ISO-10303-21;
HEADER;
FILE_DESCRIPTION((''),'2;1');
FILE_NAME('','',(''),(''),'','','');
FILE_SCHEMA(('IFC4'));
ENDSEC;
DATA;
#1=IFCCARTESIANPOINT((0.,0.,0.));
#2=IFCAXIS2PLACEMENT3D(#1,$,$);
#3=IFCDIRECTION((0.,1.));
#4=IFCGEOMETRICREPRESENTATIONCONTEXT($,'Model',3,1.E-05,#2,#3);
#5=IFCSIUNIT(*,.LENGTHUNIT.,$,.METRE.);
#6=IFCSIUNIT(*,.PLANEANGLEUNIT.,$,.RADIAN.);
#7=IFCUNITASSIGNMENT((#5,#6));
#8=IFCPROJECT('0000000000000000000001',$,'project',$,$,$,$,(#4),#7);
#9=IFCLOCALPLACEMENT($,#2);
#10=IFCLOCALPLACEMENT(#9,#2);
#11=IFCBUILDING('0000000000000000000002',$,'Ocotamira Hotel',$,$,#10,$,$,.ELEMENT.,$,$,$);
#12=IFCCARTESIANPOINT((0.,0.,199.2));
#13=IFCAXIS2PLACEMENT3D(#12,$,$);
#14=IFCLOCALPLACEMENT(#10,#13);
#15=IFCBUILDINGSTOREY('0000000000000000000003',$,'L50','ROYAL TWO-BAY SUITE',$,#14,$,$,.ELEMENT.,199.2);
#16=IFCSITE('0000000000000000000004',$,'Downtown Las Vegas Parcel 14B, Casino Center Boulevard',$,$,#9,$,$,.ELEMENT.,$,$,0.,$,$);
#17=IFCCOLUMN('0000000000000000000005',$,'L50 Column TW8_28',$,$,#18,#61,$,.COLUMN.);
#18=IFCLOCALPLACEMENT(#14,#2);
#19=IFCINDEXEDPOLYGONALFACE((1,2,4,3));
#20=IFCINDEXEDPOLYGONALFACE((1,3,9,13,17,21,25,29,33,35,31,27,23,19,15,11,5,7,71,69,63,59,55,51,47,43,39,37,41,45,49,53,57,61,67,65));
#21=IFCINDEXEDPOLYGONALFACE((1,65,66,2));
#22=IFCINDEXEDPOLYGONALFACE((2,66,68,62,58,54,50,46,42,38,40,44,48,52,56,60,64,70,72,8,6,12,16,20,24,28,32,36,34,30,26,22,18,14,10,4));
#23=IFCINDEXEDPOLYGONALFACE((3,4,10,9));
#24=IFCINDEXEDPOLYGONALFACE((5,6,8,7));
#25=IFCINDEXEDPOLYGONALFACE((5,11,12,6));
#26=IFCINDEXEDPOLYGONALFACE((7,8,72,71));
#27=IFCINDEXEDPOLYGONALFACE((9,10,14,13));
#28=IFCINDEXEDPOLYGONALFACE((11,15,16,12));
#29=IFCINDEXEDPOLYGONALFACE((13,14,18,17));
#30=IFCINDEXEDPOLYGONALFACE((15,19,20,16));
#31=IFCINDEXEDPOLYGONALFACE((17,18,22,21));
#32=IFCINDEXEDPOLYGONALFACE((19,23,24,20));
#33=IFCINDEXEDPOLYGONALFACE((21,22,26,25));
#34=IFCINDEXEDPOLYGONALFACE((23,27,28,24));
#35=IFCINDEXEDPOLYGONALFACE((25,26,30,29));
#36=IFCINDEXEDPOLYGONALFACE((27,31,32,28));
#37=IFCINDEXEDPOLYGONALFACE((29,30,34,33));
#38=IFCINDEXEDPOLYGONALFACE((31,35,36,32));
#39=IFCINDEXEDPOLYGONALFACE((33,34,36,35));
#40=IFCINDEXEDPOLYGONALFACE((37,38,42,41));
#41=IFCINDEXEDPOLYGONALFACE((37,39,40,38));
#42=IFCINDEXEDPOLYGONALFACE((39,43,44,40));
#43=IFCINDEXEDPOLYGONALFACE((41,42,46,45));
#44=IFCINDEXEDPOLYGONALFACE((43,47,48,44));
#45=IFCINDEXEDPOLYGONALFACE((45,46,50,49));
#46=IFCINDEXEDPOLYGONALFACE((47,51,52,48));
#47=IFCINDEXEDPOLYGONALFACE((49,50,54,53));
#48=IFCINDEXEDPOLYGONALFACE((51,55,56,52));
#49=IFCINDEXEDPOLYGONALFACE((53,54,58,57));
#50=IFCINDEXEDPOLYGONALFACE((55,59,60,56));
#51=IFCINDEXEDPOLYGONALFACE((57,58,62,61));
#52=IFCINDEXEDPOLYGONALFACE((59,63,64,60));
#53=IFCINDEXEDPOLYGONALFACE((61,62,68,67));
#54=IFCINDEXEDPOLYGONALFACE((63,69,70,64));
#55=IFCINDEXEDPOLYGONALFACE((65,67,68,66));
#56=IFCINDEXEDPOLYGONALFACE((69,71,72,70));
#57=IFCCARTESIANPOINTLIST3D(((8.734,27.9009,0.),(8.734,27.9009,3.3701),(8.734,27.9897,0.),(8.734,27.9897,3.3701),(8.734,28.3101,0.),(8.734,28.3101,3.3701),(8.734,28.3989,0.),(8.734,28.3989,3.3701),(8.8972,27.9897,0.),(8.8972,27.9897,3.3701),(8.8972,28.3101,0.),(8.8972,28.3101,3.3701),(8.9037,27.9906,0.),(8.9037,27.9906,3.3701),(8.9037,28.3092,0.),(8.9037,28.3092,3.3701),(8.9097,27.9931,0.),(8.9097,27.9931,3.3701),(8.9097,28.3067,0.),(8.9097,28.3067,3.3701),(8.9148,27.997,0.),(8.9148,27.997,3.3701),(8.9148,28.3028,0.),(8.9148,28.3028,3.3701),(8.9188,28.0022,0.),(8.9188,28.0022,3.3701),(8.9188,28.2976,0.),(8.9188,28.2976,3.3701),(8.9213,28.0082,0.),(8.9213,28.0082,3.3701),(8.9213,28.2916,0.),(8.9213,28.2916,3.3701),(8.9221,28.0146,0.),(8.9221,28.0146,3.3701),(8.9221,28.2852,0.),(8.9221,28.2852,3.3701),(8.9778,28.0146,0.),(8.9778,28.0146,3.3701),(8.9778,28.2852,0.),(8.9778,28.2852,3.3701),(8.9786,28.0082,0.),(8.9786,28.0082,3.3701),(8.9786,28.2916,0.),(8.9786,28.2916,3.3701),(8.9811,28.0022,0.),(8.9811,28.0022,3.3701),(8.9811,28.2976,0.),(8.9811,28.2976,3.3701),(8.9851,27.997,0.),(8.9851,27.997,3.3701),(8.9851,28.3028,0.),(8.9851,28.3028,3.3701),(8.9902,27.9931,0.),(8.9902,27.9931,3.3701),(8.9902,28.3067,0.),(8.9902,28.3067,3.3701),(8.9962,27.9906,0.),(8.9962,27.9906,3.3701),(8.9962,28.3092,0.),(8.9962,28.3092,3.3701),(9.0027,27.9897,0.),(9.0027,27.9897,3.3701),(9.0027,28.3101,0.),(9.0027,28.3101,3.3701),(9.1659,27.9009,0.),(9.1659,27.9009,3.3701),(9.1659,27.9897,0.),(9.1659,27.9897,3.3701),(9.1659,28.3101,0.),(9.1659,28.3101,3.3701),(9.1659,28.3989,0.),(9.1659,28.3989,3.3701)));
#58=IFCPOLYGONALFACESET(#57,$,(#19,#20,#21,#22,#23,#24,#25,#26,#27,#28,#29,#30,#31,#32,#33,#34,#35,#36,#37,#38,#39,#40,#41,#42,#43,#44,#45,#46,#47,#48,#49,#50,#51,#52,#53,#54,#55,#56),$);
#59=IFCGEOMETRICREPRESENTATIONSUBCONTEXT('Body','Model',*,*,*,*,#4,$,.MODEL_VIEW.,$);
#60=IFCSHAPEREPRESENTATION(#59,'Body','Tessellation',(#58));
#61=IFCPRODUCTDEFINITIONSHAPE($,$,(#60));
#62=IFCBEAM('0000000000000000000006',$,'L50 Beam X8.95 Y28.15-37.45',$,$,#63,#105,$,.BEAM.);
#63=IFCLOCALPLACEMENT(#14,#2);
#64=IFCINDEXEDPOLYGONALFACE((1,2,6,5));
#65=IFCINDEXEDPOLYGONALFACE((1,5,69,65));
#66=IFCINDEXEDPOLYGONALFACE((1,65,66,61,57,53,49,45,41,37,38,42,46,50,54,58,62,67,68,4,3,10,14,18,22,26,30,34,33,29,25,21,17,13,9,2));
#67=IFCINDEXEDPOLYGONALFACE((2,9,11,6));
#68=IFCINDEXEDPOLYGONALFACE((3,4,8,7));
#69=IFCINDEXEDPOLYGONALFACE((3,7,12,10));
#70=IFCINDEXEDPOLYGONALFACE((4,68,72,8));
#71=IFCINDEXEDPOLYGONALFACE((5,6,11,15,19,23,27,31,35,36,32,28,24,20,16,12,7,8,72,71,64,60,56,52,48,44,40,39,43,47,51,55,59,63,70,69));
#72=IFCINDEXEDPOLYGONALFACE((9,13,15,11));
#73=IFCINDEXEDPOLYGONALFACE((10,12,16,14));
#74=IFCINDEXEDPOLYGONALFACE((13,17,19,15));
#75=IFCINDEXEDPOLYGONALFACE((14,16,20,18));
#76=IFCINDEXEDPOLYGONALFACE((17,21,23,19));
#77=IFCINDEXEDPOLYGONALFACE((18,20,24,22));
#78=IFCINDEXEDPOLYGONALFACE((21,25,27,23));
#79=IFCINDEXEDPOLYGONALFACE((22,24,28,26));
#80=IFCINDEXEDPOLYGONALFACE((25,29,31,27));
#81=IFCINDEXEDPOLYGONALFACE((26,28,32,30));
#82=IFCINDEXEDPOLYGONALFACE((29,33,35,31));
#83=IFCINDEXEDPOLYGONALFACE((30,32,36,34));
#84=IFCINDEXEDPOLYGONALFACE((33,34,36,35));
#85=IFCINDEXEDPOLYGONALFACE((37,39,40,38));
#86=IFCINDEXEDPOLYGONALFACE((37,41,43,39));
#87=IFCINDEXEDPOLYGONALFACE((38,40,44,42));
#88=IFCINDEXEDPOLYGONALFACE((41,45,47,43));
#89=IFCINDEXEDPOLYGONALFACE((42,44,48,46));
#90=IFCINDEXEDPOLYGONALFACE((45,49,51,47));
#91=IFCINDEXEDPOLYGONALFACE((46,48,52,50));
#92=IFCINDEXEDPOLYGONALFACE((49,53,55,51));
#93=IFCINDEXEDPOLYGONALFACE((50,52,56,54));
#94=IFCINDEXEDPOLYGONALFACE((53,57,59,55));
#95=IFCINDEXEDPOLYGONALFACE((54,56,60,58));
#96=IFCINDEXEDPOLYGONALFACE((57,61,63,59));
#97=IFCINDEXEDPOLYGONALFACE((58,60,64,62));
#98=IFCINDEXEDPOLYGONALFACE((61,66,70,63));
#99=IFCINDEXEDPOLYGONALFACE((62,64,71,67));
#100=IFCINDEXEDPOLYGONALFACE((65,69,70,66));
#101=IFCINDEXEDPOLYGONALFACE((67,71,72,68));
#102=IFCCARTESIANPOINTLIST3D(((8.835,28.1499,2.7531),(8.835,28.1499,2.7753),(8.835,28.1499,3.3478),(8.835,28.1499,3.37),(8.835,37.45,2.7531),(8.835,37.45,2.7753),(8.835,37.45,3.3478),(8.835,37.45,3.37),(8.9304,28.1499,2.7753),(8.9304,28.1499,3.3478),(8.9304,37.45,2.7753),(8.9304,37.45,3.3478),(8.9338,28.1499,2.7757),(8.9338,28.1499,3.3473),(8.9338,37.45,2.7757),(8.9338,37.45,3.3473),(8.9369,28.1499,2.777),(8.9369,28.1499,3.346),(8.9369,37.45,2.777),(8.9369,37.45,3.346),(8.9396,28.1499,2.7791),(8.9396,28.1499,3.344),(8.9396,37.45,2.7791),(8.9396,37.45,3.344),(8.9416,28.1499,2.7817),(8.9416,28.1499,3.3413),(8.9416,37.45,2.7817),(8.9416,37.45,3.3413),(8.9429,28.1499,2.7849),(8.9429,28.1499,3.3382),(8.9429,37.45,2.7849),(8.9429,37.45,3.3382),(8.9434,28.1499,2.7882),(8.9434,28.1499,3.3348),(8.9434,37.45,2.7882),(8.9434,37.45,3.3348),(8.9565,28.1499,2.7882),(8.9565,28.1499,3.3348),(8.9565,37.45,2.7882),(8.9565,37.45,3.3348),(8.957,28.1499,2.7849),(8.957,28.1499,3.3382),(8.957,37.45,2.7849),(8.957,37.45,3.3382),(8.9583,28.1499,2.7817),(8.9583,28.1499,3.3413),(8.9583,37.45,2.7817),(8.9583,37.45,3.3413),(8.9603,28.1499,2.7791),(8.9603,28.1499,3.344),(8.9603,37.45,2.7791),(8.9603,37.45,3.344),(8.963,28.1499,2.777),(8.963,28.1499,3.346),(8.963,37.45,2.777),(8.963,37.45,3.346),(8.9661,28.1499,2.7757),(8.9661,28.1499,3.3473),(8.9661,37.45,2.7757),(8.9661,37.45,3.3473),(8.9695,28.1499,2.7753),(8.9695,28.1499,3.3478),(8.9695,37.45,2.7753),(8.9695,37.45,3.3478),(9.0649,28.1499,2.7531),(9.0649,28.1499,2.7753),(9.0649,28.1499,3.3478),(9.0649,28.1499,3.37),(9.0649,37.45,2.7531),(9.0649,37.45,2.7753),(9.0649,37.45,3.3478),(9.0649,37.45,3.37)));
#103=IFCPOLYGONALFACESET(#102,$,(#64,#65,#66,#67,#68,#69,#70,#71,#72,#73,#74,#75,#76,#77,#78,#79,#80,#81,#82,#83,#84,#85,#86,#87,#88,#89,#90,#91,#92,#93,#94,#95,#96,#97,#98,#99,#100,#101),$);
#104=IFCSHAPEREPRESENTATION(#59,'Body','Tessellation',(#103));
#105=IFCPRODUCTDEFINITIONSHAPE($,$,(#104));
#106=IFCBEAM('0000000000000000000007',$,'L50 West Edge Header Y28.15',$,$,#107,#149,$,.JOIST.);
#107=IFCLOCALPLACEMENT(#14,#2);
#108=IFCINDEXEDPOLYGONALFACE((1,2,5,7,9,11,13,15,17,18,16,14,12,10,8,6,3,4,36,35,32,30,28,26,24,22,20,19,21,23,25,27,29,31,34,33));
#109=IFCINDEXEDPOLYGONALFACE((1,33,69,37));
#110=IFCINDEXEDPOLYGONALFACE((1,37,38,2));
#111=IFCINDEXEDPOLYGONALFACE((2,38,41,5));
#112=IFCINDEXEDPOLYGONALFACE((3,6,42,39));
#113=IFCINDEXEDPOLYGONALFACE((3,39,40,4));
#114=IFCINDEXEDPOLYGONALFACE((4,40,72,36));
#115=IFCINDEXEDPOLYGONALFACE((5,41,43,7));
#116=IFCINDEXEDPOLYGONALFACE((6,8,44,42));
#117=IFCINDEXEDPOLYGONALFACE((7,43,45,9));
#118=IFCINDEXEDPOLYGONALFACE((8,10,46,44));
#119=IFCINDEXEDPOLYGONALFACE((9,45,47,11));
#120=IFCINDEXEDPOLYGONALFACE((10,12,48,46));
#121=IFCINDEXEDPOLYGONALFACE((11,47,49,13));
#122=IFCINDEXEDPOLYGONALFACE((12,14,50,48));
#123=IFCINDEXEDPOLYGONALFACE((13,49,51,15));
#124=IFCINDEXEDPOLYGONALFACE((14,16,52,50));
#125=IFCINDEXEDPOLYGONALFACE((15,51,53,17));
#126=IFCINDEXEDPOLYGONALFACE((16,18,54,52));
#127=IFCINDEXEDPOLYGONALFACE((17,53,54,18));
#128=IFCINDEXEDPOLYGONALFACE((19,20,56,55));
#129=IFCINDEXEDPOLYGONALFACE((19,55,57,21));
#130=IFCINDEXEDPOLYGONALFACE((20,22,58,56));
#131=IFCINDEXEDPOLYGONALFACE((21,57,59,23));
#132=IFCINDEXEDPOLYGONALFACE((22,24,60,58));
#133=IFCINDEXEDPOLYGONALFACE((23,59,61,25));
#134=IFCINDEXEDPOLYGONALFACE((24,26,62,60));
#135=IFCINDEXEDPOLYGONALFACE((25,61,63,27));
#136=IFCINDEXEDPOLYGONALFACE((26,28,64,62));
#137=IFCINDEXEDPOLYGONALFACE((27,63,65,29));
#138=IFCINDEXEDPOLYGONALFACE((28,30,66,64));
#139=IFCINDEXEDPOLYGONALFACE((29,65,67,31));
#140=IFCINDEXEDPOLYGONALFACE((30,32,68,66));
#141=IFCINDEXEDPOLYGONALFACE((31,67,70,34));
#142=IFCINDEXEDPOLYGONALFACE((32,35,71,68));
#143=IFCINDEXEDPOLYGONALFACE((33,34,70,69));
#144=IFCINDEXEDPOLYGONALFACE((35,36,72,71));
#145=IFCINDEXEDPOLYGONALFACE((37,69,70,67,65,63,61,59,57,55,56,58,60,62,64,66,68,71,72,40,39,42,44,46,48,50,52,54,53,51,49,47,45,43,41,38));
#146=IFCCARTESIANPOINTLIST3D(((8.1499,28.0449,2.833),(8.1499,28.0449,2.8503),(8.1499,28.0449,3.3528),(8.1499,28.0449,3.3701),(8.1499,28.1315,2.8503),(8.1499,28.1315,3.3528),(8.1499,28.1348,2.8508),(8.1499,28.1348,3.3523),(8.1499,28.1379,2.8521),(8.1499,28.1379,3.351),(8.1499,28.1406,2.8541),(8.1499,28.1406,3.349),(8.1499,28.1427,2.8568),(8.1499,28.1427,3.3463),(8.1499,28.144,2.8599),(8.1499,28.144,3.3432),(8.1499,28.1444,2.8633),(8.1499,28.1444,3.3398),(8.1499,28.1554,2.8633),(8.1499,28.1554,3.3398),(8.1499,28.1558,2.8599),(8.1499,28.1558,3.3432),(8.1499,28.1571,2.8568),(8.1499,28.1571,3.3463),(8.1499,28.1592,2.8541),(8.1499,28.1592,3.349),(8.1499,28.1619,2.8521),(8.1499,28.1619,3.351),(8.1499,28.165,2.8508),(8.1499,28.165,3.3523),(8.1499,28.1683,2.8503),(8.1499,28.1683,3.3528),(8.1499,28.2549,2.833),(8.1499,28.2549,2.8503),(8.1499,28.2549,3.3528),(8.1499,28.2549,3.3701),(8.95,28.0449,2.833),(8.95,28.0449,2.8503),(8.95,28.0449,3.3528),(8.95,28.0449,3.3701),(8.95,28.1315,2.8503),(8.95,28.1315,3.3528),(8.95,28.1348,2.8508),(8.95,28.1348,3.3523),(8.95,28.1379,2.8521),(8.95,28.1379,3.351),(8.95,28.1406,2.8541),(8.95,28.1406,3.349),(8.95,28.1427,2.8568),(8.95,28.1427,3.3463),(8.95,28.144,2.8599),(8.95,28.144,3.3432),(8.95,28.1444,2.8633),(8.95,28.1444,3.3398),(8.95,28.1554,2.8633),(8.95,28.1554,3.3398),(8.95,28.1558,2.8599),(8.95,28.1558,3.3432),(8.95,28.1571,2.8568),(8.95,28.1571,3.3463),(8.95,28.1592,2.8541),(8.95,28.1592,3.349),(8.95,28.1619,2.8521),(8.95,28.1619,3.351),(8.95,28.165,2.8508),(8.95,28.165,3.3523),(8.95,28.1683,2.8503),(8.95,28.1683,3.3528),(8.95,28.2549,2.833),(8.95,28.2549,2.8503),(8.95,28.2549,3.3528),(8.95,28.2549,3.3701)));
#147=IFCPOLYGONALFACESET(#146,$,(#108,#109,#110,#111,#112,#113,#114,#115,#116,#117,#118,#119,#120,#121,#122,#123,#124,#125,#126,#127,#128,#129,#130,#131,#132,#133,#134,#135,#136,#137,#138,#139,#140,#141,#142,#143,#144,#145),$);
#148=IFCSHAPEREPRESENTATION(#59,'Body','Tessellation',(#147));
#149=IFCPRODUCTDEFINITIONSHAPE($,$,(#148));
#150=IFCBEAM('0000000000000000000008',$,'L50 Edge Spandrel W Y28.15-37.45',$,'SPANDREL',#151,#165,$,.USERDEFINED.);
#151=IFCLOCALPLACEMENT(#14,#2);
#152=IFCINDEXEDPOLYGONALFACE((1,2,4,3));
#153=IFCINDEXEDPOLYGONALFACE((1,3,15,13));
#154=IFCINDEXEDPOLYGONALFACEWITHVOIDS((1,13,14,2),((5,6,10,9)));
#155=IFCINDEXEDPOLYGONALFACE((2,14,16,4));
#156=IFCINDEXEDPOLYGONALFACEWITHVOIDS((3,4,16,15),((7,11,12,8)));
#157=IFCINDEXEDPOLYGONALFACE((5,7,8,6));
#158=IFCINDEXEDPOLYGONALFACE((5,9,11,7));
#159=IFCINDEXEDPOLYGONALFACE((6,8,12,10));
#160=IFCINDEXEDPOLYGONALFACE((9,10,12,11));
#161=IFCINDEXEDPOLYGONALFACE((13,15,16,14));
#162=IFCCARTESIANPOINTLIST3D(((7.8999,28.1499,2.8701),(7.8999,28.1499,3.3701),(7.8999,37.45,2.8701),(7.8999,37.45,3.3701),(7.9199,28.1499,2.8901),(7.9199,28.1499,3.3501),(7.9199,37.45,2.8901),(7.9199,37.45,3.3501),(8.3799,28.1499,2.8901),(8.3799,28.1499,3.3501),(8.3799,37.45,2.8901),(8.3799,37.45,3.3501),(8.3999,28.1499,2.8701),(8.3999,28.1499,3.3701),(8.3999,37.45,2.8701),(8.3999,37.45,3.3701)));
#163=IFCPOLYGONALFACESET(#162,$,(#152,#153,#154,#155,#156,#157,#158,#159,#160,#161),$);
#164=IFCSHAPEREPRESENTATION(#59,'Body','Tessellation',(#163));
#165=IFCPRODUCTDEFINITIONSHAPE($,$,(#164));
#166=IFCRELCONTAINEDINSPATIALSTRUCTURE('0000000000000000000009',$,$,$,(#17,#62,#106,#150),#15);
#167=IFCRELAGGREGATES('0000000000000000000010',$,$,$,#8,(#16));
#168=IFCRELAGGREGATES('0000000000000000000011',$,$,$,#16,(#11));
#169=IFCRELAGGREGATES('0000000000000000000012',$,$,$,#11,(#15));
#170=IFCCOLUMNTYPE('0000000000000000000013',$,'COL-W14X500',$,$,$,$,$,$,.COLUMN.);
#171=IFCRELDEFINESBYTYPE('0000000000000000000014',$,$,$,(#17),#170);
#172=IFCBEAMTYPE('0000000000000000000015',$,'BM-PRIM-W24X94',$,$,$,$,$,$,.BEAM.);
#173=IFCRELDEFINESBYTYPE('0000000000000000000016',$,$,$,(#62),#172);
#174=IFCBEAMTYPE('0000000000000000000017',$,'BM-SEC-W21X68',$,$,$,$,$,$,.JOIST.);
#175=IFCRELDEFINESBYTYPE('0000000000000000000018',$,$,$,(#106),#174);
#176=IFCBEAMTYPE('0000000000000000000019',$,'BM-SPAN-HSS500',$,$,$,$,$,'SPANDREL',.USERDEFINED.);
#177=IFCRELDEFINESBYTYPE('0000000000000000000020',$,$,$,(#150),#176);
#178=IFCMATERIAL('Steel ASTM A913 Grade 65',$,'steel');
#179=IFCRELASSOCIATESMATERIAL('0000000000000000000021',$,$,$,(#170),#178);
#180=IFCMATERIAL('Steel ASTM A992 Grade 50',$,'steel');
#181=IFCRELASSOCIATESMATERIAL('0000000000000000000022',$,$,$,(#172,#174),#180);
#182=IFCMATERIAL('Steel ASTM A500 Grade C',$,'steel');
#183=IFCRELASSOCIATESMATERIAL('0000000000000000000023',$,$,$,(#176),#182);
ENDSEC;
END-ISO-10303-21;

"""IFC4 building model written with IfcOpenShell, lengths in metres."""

from ifc_helpers import new_model, si_unit, direction, frame, origin, origin_2d, place, context, subcontext, project, spatial, hollow_rectangle, i_section, extrude, source, transform, mapped, material, material_profile, profile_set, type_object, element, save


model = new_model("IFC4")

# Units and contexts
model_context = context("Model", 3, precision=1e-05, world=origin(), true_north=direction((0.0, 1.0)))
body_context = subcontext(model_context, "Body", "Model", "MODEL_VIEW")
ifc_project = project(units=[si_unit("LENGTHUNIT", "METRE"), si_unit("PLANEANGLEUNIT", "RADIAN")], contexts=[model_context])

# Site, building, storey
site_placement = place(None, origin())
site = spatial("IfcSite", under=ifc_project, at=site_placement, Name="Downtown Las Vegas Parcel 14B, Casino Center Boulevard", CompositionType="ELEMENT", RefElevation=0.0)
building_placement = place(site_placement, origin())
building = spatial("IfcBuilding", under=site, at=building_placement, Name="Ocotamira Hotel", CompositionType="ELEMENT")
storey_placement = place(building_placement, frame((0.0, 0.0, 199.2)))
storey = spatial("IfcBuildingStorey", under=building, at=storey_placement, Name="L50", Description="ROYAL TWO-BAY SUITE", CompositionType="ELEMENT", Elevation=199.2)

# Column
ifc_material_1 = material(Name="Steel ASTM A913 Grade 65", Category="steel")
ifc_material_profile_1 = material_profile(ifc_material_1, i_section(OverallWidth=0.4319, OverallDepth=0.498, WebThickness=0.0557, FlangeThickness=0.0889, FilletRadius=0.0249, at=origin_2d()), Name="W14X500")
ifc_profile_set_1 = profile_set([ifc_material_profile_1], Name="Steel ASTM A913 Grade 65")
column_type = type_object("IfcColumnType", Name="COL-W14X500", PredefinedType="COLUMN", material=ifc_profile_set_1)
shared_shape_1 = source(origin(), body_context, "Body", "SweptSolid", [
    extrude(i_section(OverallWidth=0.4319, OverallDepth=0.498, WebThickness=0.0557, FlangeThickness=0.0889, FilletRadius=0.0249, at=origin_2d()), origin(), (0.0, 0.0, 1.0), 3.3701),
])
column_placement = place(storey_placement, frame((8.95, 28.1499, 0.0), z_axis=(0.0, 0.0, 1.0), x_axis=(1.0, 0.0, 0.0)))
element("IfcColumn", 1, at=column_placement, inside=storey, type_object=column_type, Name="L50 Column TW8_28", PredefinedType="COLUMN", context=body_context, shape_type="MappedRepresentation", body=[
    mapped(shared_shape_1, transform((0.0, 0.0, 0.0), scale=1.0)),
])

# Beams
ifc_material_2 = material(Name="Steel ASTM A992 Grade 50", Category="steel")
ifc_material_profile_2 = material_profile(ifc_material_2, i_section(OverallWidth=0.23, OverallDepth=0.6169, WebThickness=0.0132, FlangeThickness=0.0222, FilletRadius=0.0129, at=origin_2d()), Name="W24X94")
ifc_profile_set_2 = profile_set([ifc_material_profile_2], Name="Steel ASTM A992 Grade 50")
beam_type_1 = type_object("IfcBeamType", Name="BM-PRIM-W24X94", PredefinedType="BEAM", material=ifc_profile_set_2)
shared_shape_2 = source(origin(), body_context, "Body", "SweptSolid", [
    extrude(i_section(OverallWidth=0.23, OverallDepth=0.6169, WebThickness=0.0132, FlangeThickness=0.0222, FilletRadius=0.0129, at=origin_2d()), origin(), (0.0, 0.0, 1.0), 9.3),
])
beam_1_placement = place(storey_placement, frame((8.95, 28.1499, 3.0615), z_axis=(0.0, 1.0, 0.0), x_axis=(-1.0, 0.0, 0.0)))
element("IfcBeam", 2, at=beam_1_placement, inside=storey, type_object=beam_type_1, Name="L50 Beam X8.95 Y28.15-37.45", PredefinedType="BEAM", context=body_context, shape_type="MappedRepresentation", body=[
    mapped(shared_shape_2, transform((0.0, 0.0, 0.0), scale=1.0)),
])
ifc_material_profile_3 = material_profile(ifc_material_2, i_section(OverallWidth=0.21, OverallDepth=0.5371, WebThickness=0.011, FlangeThickness=0.0173, FilletRadius=0.0129, at=origin_2d()), Name="W21X68")
ifc_profile_set_3 = profile_set([ifc_material_profile_3], Name="Steel ASTM A992 Grade 50")
beam_type_2 = type_object("IfcBeamType", Name="BM-SEC-W21X68", PredefinedType="JOIST", material=ifc_profile_set_3)
shared_shape_3 = source(origin(), body_context, "Body", "SweptSolid", [
    extrude(i_section(OverallWidth=0.21, OverallDepth=0.5371, WebThickness=0.011, FlangeThickness=0.0173, FilletRadius=0.0129, at=origin_2d()), origin(), (0.0, 0.0, 1.0), 0.8),
])
beam_2_placement = place(storey_placement, frame((8.95, 28.1499, 3.1016), z_axis=(-1.0, 0.0, 0.0), x_axis=(0.0, -1.0, 0.0)))
element("IfcBeam", 3, at=beam_2_placement, inside=storey, type_object=beam_type_2, Name="L50 West Edge Header Y28.15", PredefinedType="JOIST", context=body_context, shape_type="MappedRepresentation", body=[
    mapped(shared_shape_3, transform((0.0, 0.0, 0.0), scale=1.0)),
])
ifc_material_3 = material(Name="Steel ASTM A500 Grade C", Category="steel")
ifc_material_profile_4 = material_profile(ifc_material_3, hollow_rectangle(XDim=0.5, YDim=0.5, WallThickness=0.02, at=origin_2d()), Name="HSS500X500X20")
ifc_profile_set_4 = profile_set([ifc_material_profile_4], Name="Steel ASTM A500 Grade C")
beam_type_3 = type_object("IfcBeamType", Name="BM-SPAN-HSS500", ElementType="SPANDREL", PredefinedType="USERDEFINED", material=ifc_profile_set_4)
shared_shape_4 = source(origin(), body_context, "Body", "SweptSolid", [
    extrude(hollow_rectangle(XDim=0.5, YDim=0.5, WallThickness=0.02, at=origin_2d()), origin(), (0.0, 0.0, 1.0), 9.3),
])
beam_3_placement = place(storey_placement, frame((8.1499, 28.1499, 3.1201), z_axis=(0.0, 1.0, 0.0), x_axis=(-1.0, 0.0, 0.0)))
element("IfcBeam", 4, at=beam_3_placement, inside=storey, type_object=beam_type_3, Name="L50 Edge Spandrel W Y28.15-37.45", ObjectType="SPANDREL", PredefinedType="USERDEFINED", context=body_context, shape_type="MappedRepresentation", body=[
    mapped(shared_shape_4, transform((0.0, 0.0, 0.0), scale=1.0)),
])

save(model, "model.ifc")
